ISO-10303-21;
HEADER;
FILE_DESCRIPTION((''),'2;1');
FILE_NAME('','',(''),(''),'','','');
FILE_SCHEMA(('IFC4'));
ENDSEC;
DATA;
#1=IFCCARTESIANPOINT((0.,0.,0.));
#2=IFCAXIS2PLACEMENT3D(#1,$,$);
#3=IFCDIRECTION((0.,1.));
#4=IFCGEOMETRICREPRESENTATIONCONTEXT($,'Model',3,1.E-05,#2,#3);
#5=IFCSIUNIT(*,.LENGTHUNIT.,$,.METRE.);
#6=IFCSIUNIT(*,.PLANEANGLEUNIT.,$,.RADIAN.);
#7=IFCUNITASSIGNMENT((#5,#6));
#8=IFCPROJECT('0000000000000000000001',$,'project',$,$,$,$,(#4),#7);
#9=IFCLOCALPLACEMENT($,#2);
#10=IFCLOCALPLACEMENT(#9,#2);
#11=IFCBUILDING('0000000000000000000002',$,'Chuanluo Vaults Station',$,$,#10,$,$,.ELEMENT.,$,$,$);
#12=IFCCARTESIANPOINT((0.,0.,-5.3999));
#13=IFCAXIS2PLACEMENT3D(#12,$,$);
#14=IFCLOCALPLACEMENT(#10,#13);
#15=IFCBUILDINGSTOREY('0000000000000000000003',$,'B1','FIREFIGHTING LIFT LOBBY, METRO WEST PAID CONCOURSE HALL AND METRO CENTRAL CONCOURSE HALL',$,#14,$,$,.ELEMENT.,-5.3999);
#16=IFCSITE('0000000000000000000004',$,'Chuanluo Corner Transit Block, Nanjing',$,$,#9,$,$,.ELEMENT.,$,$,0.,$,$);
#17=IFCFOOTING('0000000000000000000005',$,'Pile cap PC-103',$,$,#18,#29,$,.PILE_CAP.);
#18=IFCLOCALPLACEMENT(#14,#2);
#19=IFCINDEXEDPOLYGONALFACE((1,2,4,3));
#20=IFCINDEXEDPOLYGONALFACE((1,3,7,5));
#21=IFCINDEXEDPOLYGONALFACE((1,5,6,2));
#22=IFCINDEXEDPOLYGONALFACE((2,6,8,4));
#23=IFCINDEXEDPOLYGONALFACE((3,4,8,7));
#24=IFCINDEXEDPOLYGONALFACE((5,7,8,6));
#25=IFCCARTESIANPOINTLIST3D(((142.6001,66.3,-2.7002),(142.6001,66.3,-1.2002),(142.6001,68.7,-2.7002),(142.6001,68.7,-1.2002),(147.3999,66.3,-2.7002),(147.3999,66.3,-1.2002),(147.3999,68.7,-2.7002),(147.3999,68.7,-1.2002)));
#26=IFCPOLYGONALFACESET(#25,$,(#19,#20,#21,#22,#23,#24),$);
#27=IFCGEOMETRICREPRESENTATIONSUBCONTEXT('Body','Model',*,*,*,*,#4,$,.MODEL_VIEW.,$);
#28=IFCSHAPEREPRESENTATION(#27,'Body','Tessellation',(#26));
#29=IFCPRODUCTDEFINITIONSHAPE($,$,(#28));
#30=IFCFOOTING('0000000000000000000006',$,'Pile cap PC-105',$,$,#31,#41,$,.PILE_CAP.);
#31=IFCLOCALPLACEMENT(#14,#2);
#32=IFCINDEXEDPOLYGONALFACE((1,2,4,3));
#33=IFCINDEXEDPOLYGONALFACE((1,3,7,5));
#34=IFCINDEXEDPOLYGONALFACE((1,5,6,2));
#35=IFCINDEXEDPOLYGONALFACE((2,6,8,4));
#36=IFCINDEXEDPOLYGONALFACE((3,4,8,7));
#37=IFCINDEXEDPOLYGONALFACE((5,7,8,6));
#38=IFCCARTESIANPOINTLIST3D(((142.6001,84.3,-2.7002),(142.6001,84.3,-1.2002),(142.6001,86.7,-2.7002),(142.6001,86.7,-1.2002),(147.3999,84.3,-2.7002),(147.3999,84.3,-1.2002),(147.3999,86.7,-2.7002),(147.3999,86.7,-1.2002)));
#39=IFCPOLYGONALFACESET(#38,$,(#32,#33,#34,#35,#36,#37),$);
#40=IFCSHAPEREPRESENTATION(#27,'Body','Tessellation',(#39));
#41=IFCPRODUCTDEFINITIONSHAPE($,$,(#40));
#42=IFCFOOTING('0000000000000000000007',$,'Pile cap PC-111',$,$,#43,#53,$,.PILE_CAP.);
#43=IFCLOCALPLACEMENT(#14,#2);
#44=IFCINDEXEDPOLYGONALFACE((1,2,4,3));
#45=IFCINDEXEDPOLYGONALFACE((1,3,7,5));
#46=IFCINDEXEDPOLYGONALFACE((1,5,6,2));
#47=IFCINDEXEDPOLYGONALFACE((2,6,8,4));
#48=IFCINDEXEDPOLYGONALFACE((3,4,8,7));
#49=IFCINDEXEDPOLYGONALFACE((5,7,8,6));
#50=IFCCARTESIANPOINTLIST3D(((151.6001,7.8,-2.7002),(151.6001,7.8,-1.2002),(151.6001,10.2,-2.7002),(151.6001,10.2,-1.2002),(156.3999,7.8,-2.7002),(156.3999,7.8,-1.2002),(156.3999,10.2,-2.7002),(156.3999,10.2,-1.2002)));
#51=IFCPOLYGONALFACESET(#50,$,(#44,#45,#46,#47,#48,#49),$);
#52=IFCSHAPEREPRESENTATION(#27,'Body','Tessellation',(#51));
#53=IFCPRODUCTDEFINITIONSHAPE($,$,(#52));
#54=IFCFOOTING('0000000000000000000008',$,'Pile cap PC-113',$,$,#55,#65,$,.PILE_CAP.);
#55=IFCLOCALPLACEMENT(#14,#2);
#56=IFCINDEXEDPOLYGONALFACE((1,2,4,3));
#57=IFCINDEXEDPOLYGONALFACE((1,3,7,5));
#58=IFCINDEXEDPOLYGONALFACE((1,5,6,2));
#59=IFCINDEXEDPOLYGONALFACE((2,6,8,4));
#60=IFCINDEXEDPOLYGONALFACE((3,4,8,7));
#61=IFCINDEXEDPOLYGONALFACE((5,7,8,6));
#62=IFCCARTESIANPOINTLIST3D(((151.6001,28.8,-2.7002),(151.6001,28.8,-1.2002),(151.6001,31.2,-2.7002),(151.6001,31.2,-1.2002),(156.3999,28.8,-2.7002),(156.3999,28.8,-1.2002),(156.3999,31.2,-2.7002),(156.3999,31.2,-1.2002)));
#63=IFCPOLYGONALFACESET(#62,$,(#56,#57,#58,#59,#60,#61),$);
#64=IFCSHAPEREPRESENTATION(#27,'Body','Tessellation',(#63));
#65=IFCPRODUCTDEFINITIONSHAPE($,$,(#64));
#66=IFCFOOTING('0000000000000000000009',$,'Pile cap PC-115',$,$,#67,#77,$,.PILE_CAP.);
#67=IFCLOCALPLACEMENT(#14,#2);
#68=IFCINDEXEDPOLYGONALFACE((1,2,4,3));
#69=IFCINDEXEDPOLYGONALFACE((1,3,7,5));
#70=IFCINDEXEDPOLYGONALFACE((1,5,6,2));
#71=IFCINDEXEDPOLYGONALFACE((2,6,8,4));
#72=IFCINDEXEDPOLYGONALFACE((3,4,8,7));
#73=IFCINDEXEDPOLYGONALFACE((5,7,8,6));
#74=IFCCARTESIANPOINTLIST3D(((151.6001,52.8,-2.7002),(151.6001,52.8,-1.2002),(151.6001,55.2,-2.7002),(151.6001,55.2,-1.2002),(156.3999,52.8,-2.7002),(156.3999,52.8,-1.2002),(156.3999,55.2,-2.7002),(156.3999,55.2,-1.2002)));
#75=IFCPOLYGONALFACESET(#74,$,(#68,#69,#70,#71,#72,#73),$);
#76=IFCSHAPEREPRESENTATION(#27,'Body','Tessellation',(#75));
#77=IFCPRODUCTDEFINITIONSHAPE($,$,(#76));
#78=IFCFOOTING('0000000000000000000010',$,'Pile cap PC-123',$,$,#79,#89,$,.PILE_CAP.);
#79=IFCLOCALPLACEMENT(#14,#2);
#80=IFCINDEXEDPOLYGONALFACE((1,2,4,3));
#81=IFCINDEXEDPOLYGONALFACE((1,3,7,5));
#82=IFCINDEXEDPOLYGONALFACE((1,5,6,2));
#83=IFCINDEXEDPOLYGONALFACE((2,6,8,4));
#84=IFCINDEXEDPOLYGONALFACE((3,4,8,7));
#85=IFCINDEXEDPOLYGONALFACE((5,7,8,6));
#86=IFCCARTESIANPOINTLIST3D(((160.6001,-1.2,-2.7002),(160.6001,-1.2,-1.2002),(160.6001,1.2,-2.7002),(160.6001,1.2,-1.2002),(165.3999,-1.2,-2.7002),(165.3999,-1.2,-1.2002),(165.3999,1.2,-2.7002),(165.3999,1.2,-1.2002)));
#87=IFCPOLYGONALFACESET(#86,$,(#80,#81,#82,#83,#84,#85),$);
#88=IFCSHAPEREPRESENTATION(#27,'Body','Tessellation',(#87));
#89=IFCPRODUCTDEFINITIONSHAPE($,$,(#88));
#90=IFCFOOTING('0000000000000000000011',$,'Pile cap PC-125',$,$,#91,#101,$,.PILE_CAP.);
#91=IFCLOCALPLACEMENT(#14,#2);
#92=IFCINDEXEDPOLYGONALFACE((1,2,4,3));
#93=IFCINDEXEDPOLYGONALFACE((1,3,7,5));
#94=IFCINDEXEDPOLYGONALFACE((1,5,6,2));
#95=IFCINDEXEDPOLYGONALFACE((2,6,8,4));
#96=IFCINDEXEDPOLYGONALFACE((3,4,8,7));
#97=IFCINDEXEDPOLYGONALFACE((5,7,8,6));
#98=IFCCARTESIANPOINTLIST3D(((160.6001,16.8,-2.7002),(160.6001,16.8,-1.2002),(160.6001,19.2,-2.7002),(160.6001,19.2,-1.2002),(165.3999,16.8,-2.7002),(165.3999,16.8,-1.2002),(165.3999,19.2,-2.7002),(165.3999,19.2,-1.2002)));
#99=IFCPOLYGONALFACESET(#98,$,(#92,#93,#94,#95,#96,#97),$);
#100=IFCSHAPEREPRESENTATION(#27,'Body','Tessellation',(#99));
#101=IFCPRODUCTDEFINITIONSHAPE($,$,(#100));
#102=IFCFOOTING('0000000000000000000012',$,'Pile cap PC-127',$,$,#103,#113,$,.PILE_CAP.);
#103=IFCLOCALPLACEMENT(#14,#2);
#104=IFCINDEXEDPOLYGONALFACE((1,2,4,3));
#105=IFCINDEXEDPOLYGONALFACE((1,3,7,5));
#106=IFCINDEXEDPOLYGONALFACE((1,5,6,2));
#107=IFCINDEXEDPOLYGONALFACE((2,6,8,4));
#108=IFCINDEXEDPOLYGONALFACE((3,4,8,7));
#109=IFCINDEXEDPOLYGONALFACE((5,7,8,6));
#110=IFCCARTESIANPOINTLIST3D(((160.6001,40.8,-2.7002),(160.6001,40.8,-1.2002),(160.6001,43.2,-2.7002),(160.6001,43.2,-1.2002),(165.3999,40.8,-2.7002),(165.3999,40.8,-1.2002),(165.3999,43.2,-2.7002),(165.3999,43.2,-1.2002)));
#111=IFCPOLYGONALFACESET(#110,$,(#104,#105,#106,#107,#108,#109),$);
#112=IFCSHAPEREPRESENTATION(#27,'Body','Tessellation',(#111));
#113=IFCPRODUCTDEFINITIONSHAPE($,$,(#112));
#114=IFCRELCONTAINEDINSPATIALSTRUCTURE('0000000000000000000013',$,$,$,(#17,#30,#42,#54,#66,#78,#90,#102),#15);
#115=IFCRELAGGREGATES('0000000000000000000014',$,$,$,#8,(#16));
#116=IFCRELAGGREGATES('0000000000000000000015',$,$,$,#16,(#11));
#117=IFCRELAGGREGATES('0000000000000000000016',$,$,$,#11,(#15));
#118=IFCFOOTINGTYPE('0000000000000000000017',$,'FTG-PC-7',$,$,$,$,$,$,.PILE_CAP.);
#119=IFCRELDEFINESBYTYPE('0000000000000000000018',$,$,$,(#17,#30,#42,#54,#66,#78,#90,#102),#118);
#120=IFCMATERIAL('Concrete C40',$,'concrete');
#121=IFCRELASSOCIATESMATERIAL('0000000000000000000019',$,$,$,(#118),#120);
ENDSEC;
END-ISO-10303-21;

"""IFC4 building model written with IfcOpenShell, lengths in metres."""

from ifc_helpers import new_model, si_unit, direction, frame, origin, place, context, subcontext, project, spatial, polyline, outline, extrude, material, type_object, element, save


model = new_model("IFC4")

# Units and contexts
model_context = context("Model", 3, precision=1e-05, world=origin(), true_north=direction((0.0, 1.0)))
body_context = subcontext(model_context, "Body", "Model", "MODEL_VIEW")
ifc_project = project(units=[si_unit("LENGTHUNIT", "METRE"), si_unit("PLANEANGLEUNIT", "RADIAN")], contexts=[model_context])

# Site, building, storey
site_placement = place(None, origin())
site = spatial("IfcSite", under=ifc_project, at=site_placement, Name="Chuanluo Corner Transit Block, Nanjing", CompositionType="ELEMENT", RefElevation=0.0)
building_placement = place(site_placement, origin())
building = spatial("IfcBuilding", under=site, at=building_placement, Name="Chuanluo Vaults Station", CompositionType="ELEMENT")
storey_placement = place(building_placement, frame((0.0, 0.0, -5.3999)))
storey = spatial("IfcBuildingStorey", under=building, at=storey_placement, Name="B1", Description="FIREFIGHTING LIFT LOBBY, METRO WEST PAID CONCOURSE HALL AND METRO CENTRAL CONCOURSE HALL", CompositionType="ELEMENT", Elevation=-5.3999)

# Footings
ifc_material_1 = material(Name="Concrete C40", Category="concrete")
footing_type_1 = type_object("IfcFootingType", Name="FTG-PC-7", PredefinedType="PILE_CAP", material=ifc_material_1)
footing_1_placement = place(storey_placement, frame((0.0, 0.0, -2.7002)))
element("IfcFooting", 1, at=footing_1_placement, inside=storey, type_object=footing_type_1, Name="Pile cap PC-103", PredefinedType="PILE_CAP", context=body_context, shape_type="SweptSolid", body=[
    extrude(outline(polyline([(142.6001, 66.3), (147.3999, 66.3), (147.3999, 68.7), (142.6001, 68.7), (142.6001, 66.3)])), origin(), (0.0, 0.0, 1.0), 1.5),
])
footing_2_placement = place(storey_placement, frame((0.0, 0.0, -2.7002)))
element("IfcFooting", 2, at=footing_2_placement, inside=storey, type_object=footing_type_1, Name="Pile cap PC-105", PredefinedType="PILE_CAP", context=body_context, shape_type="SweptSolid", body=[
    extrude(outline(polyline([(142.6001, 84.3), (147.3999, 84.3), (147.3999, 86.7), (142.6001, 86.7), (142.6001, 84.3)])), origin(), (0.0, 0.0, 1.0), 1.5),
])
footing_3_placement = place(storey_placement, frame((0.0, 0.0, -2.7002)))
element("IfcFooting", 3, at=footing_3_placement, inside=storey, type_object=footing_type_1, Name="Pile cap PC-111", PredefinedType="PILE_CAP", context=body_context, shape_type="SweptSolid", body=[
    extrude(outline(polyline([(151.6001, 7.8), (156.3999, 7.8), (156.3999, 10.2), (151.6001, 10.2), (151.6001, 7.8)])), origin(), (0.0, 0.0, 1.0), 1.5),
])
footing_4_placement = place(storey_placement, frame((0.0, 0.0, -2.7002)))
element("IfcFooting", 4, at=footing_4_placement, inside=storey, type_object=footing_type_1, Name="Pile cap PC-113", PredefinedType="PILE_CAP", context=body_context, shape_type="SweptSolid", body=[
    extrude(outline(polyline([(151.6001, 28.8), (156.3999, 28.8), (156.3999, 31.2), (151.6001, 31.2), (151.6001, 28.8)])), origin(), (0.0, 0.0, 1.0), 1.5),
])
footing_5_placement = place(storey_placement, frame((0.0, 0.0, -2.7002)))
element("IfcFooting", 5, at=footing_5_placement, inside=storey, type_object=footing_type_1, Name="Pile cap PC-115", PredefinedType="PILE_CAP", context=body_context, shape_type="SweptSolid", body=[
    extrude(outline(polyline([(151.6001, 52.8), (156.3999, 52.8), (156.3999, 55.2), (151.6001, 55.2), (151.6001, 52.8)])), origin(), (0.0, 0.0, 1.0), 1.5),
])
footing_6_placement = place(storey_placement, frame((0.0, 0.0, -2.7002)))
element("IfcFooting", 6, at=footing_6_placement, inside=storey, type_object=footing_type_1, Name="Pile cap PC-123", PredefinedType="PILE_CAP", context=body_context, shape_type="SweptSolid", body=[
    extrude(outline(polyline([(160.6001, -1.2), (165.3999, -1.2), (165.3999, 1.2), (160.6001, 1.2), (160.6001, -1.2)])), origin(), (0.0, 0.0, 1.0), 1.5),
])
footing_7_placement = place(storey_placement, frame((0.0, 0.0, -2.7002)))
element("IfcFooting", 7, at=footing_7_placement, inside=storey, type_object=footing_type_1, Name="Pile cap PC-125", PredefinedType="PILE_CAP", context=body_context, shape_type="SweptSolid", body=[
    extrude(outline(polyline([(160.6001, 16.8), (165.3999, 16.8), (165.3999, 19.2), (160.6001, 19.2), (160.6001, 16.8)])), origin(), (0.0, 0.0, 1.0), 1.5),
])
footing_8_placement = place(storey_placement, frame((0.0, 0.0, -2.7002)))
element("IfcFooting", 8, at=footing_8_placement, inside=storey, type_object=footing_type_1, Name="Pile cap PC-127", PredefinedType="PILE_CAP", context=body_context, shape_type="SweptSolid", body=[
    extrude(outline(polyline([(160.6001, 40.8), (165.3999, 40.8), (165.3999, 43.2), (160.6001, 43.2), (160.6001, 40.8)])), origin(), (0.0, 0.0, 1.0), 1.5),
])

save(model, "model.ifc")
